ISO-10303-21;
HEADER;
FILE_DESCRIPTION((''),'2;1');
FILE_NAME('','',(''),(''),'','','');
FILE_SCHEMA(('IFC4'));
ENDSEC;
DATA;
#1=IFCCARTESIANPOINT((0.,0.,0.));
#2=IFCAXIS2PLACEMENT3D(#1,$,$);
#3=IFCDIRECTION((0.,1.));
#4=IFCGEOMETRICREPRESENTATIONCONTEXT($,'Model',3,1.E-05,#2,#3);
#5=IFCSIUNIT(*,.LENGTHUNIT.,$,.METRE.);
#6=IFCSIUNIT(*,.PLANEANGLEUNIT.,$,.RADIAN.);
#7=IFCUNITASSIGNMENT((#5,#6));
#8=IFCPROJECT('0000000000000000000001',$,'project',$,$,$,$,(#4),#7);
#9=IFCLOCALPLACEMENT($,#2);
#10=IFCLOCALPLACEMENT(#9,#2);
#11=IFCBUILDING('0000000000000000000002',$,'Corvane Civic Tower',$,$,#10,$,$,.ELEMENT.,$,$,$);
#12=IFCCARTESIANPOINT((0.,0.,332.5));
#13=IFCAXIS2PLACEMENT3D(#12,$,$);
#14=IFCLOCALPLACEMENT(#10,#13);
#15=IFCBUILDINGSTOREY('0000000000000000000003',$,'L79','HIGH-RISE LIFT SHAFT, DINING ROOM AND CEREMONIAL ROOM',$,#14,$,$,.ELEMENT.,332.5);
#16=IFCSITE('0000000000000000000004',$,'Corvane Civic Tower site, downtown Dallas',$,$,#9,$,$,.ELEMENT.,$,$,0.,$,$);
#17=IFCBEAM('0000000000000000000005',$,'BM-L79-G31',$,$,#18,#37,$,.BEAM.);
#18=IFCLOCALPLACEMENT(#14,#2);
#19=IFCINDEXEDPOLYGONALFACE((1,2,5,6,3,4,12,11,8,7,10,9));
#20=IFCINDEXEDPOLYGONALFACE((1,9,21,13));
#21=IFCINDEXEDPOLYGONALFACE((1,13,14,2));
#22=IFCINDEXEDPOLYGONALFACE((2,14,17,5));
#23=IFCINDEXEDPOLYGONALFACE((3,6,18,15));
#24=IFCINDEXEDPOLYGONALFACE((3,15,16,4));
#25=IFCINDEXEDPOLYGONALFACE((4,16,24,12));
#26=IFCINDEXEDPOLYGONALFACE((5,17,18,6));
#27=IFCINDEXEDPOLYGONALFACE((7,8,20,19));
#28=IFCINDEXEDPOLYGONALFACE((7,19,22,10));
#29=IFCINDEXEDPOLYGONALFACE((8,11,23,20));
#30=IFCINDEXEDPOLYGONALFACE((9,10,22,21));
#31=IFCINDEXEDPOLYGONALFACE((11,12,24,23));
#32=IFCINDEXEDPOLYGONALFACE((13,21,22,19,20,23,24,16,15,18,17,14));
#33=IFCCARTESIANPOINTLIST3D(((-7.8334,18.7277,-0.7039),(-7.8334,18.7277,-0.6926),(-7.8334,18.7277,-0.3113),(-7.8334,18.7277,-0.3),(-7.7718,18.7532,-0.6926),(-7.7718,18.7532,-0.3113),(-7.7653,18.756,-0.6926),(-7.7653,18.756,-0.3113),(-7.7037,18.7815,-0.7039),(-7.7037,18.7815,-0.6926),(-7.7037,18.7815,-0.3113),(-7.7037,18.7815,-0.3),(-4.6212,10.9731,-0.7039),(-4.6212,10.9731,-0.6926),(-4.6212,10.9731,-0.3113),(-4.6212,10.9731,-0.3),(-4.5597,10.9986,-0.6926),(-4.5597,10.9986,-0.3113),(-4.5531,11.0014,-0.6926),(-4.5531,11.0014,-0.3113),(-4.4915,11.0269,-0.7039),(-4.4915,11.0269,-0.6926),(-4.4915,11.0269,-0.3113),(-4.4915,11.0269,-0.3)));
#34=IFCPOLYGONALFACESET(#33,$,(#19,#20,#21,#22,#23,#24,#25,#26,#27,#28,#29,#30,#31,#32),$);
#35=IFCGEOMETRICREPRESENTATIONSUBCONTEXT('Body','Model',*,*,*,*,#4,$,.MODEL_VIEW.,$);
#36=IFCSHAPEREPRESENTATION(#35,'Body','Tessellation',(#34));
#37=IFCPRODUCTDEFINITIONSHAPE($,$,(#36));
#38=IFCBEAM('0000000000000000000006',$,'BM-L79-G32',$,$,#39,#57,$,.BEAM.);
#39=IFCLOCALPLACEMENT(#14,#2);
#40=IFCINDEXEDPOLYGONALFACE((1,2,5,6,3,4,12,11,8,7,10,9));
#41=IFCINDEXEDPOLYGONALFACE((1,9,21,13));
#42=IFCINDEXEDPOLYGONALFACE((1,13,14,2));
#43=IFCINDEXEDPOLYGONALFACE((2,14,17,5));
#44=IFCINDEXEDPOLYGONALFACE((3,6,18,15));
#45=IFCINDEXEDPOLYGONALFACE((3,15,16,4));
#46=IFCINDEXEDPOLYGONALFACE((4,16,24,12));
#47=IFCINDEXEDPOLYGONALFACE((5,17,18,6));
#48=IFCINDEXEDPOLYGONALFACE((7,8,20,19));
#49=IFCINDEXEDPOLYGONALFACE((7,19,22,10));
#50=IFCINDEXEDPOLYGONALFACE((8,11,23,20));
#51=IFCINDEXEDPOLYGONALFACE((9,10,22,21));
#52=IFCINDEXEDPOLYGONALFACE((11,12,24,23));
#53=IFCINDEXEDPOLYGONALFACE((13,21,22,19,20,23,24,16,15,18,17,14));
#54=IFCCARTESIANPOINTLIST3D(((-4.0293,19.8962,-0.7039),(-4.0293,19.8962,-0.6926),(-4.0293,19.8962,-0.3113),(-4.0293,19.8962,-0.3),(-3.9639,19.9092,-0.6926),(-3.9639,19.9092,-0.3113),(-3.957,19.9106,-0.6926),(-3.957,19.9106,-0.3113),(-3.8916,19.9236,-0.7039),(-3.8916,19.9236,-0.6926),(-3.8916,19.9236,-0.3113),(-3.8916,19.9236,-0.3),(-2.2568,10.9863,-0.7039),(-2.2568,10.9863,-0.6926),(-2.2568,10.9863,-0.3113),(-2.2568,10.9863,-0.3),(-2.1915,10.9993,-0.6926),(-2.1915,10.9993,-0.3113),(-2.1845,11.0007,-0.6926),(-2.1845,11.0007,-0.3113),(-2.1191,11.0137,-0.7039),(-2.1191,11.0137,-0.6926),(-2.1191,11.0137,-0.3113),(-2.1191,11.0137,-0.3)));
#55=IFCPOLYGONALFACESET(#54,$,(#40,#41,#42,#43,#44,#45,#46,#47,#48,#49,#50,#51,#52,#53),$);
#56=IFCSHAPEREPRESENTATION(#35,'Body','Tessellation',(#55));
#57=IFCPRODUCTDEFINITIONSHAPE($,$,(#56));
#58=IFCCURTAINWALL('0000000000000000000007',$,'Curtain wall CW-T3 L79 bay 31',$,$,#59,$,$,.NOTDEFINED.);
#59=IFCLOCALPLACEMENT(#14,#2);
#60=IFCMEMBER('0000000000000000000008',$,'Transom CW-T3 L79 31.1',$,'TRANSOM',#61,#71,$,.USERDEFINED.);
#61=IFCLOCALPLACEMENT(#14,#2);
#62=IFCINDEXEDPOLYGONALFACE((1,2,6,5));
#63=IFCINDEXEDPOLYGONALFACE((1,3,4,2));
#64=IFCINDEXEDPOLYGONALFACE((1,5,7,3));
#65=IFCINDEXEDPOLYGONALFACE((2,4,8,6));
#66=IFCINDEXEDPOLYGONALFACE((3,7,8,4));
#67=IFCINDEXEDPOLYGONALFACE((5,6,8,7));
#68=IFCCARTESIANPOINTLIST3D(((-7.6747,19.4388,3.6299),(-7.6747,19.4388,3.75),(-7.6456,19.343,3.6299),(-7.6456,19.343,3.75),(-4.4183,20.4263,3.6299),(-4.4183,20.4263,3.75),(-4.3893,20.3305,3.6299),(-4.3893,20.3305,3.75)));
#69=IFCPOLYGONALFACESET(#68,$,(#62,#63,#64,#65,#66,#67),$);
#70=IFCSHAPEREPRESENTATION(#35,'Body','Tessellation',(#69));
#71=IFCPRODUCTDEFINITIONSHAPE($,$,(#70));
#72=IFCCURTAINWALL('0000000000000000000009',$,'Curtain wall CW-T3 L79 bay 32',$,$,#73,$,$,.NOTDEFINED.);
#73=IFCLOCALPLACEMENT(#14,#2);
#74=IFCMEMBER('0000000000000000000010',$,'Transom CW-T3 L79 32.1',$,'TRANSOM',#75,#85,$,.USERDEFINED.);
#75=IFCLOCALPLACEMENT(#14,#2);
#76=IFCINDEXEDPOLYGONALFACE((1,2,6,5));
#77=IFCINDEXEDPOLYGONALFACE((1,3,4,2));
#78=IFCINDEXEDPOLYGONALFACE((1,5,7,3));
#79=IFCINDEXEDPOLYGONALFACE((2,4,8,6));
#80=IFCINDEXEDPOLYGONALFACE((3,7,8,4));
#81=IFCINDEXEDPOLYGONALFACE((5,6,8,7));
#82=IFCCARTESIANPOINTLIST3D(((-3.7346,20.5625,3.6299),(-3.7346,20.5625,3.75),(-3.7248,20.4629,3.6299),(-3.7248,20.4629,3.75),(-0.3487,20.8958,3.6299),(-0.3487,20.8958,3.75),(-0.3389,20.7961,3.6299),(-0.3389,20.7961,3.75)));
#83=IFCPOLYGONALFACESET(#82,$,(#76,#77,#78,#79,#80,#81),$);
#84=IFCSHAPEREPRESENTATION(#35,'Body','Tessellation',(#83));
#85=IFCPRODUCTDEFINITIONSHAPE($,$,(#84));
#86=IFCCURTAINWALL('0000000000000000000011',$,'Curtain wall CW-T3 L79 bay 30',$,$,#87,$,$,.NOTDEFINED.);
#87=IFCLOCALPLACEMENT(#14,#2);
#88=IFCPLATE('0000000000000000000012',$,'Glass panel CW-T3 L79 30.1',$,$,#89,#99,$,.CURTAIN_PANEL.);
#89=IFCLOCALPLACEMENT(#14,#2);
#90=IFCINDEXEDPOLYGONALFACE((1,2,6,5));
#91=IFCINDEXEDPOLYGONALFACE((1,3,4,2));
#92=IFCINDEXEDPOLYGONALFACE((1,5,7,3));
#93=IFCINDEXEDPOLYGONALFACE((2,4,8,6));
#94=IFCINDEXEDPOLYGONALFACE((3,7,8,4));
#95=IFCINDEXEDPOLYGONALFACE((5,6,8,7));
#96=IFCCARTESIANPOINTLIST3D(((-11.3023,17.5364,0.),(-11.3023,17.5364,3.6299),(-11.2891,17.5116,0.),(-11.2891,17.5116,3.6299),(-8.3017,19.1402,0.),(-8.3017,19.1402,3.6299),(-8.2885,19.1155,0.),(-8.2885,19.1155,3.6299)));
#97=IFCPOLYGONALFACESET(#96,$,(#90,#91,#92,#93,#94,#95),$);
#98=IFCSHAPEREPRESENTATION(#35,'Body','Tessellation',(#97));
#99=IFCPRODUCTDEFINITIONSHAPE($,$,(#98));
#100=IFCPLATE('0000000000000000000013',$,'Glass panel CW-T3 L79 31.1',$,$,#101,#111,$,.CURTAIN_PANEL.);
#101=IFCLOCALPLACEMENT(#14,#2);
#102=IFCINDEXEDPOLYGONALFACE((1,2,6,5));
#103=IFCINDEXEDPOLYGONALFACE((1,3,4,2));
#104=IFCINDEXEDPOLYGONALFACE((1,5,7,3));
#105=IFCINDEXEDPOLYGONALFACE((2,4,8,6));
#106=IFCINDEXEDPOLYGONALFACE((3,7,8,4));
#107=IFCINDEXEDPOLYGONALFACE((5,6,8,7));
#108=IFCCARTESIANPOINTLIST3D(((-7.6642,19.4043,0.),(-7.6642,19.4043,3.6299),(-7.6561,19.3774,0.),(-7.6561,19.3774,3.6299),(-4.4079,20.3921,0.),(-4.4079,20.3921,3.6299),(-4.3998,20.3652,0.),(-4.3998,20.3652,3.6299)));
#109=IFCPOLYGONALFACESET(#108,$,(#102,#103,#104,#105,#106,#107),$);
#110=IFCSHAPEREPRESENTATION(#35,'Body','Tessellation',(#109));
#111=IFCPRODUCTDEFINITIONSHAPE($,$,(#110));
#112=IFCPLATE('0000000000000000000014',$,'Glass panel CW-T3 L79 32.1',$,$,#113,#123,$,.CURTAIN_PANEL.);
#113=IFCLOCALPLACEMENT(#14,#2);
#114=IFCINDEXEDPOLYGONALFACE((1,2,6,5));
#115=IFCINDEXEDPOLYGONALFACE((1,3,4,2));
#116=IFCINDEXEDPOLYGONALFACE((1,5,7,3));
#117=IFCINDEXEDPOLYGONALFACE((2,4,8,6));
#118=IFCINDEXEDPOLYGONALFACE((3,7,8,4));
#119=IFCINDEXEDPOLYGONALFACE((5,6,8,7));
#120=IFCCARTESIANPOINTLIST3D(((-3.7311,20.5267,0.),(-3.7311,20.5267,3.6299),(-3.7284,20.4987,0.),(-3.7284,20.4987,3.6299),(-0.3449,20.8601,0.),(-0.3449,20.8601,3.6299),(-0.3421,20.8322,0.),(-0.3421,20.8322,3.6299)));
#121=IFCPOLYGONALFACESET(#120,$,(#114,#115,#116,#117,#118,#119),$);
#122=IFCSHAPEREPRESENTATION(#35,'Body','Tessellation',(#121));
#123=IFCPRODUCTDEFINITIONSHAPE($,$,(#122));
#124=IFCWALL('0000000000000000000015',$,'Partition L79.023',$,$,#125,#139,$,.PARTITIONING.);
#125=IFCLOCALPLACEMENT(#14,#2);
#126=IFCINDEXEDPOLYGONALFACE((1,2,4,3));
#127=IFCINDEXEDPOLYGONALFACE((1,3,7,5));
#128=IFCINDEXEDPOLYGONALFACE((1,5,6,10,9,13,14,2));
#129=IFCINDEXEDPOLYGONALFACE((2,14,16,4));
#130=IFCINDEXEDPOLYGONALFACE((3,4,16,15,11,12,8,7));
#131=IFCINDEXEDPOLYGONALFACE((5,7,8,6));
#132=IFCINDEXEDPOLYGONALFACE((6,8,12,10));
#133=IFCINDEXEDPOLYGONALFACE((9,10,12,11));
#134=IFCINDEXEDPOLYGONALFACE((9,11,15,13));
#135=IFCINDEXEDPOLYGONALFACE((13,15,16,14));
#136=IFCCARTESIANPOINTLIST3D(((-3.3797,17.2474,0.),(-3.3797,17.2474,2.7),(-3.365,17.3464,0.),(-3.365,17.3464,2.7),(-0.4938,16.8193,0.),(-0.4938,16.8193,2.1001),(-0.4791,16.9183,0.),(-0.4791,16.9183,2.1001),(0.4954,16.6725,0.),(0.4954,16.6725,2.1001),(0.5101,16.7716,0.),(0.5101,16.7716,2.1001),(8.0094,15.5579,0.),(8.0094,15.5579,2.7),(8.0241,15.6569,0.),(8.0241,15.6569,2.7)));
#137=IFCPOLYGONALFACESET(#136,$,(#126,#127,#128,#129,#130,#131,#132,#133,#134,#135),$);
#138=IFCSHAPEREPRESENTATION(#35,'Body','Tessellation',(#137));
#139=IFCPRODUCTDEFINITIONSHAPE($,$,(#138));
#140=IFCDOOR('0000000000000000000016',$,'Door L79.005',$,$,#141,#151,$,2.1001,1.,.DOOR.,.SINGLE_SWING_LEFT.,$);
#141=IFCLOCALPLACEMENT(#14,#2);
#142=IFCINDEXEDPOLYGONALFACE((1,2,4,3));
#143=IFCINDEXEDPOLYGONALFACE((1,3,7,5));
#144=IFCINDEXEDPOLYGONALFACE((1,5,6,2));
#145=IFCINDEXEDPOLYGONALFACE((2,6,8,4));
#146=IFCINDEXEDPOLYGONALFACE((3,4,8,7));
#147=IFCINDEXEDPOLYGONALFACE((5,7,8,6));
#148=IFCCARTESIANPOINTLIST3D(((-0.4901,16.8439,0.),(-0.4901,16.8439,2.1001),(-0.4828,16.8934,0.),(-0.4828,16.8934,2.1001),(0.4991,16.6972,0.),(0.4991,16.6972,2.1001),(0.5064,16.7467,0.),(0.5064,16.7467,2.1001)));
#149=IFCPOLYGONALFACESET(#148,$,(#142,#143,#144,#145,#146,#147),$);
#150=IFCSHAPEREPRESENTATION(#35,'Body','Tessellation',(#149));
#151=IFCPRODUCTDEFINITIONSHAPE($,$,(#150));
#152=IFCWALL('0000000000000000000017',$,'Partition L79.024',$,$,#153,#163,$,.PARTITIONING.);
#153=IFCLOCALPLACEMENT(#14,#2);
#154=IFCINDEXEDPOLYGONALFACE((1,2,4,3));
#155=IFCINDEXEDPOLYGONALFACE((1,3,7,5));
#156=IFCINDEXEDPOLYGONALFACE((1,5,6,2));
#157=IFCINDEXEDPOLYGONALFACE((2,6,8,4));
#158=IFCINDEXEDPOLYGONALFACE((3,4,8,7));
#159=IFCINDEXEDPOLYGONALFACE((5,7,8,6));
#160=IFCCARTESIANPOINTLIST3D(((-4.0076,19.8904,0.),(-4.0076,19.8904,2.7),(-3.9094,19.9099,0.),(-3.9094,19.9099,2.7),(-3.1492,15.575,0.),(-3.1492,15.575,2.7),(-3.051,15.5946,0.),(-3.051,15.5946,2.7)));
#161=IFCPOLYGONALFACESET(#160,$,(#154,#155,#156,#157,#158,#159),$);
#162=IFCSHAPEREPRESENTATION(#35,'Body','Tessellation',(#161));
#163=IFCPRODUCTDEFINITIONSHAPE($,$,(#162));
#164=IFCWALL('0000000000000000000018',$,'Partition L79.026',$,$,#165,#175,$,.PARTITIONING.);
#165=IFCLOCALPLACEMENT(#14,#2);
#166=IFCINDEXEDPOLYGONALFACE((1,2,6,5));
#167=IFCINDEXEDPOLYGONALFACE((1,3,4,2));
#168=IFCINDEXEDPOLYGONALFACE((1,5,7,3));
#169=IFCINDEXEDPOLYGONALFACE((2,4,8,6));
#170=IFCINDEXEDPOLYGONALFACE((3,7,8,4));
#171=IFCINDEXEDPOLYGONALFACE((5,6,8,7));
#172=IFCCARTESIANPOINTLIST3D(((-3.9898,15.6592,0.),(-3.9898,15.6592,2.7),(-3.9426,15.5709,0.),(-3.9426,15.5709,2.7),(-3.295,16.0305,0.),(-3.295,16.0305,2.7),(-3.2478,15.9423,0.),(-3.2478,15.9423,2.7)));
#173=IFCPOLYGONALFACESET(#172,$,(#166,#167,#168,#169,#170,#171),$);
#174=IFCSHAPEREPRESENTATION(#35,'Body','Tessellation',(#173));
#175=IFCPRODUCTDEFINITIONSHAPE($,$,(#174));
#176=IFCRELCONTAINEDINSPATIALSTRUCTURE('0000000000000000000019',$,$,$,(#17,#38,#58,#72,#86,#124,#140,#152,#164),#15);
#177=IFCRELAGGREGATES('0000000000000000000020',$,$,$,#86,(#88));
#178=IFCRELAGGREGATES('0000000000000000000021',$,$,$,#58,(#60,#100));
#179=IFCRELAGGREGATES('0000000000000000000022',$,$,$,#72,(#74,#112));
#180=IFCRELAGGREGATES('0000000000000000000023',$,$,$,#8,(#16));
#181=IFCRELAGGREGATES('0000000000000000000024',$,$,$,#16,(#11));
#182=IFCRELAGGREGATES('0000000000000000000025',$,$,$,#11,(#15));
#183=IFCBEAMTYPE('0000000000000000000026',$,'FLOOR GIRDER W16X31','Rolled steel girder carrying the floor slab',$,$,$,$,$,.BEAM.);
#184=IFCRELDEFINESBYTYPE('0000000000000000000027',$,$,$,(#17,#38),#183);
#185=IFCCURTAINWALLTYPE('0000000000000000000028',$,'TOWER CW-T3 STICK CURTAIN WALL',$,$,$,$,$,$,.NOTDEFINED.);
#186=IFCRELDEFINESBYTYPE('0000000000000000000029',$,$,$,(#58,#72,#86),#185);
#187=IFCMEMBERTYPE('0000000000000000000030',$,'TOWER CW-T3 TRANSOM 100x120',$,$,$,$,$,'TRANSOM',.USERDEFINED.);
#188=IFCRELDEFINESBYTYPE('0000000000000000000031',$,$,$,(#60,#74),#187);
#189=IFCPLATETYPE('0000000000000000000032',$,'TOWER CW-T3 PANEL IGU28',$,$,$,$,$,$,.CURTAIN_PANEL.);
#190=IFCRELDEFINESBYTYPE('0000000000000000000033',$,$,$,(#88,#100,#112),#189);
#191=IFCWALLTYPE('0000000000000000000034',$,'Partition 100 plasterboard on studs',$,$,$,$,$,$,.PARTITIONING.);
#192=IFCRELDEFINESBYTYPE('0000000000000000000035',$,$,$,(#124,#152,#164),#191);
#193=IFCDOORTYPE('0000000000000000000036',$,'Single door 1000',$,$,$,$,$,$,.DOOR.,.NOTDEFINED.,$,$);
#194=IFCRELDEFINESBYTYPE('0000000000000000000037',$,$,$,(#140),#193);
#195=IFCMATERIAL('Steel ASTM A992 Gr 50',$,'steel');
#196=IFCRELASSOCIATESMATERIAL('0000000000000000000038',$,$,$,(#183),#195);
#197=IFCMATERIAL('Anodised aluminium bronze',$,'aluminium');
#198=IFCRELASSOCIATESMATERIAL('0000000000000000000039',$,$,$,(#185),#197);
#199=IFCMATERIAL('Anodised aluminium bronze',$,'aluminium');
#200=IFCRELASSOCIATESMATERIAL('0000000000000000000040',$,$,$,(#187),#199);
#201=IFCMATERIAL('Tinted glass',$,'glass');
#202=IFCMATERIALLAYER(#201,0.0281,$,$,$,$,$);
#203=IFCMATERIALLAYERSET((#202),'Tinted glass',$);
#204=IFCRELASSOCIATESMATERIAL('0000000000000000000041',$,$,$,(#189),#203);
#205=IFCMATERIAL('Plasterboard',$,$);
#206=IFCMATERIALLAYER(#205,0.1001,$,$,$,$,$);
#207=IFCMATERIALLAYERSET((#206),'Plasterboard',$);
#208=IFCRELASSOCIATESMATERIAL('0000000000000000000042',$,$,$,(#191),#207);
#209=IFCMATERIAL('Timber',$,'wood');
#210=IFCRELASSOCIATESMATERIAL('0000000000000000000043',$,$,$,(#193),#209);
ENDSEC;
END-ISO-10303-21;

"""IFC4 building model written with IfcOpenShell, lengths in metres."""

from ifc_helpers import new_model, si_unit, direction, frame, frame_2d, origin, origin_2d, place, context, subcontext, project, spatial, rectangle, i_section, extrude, material, layer, layer_set, material_profile, profile_set, type_object, element, fill, aggregate, save


model = new_model("IFC4")

# Units and contexts
model_context = context("Model", 3, precision=1e-05, world=origin(), true_north=direction((0.0, 1.0)))
body_context = subcontext(model_context, "Body", "Model", "MODEL_VIEW")
ifc_project = project(units=[si_unit("LENGTHUNIT", "METRE"), si_unit("PLANEANGLEUNIT", "RADIAN")], contexts=[model_context])

# Site, building, storey
site_placement = place(None, origin())
site = spatial("IfcSite", under=ifc_project, at=site_placement, Name="Corvane Civic Tower site, downtown Dallas", CompositionType="ELEMENT", RefElevation=0.0)
building_placement = place(site_placement, origin())
building = spatial("IfcBuilding", under=site, at=building_placement, Name="Corvane Civic Tower", CompositionType="ELEMENT")
storey_placement = place(building_placement, frame((0.0, 0.0, 332.5)))
storey = spatial("IfcBuildingStorey", under=building, at=storey_placement, Name="L79", Description="HIGH-RISE LIFT SHAFT, DINING ROOM AND CEREMONIAL ROOM", CompositionType="ELEMENT", Elevation=332.5)

# Beams
ifc_material_1 = material(Name="Steel ASTM A992 Gr 50", Category="steel")
ifc_material_profile_1 = material_profile(ifc_material_1, i_section(OverallWidth=0.1404, OverallDepth=0.4038, WebThickness=0.0071, FlangeThickness=0.0112, at=origin_2d()), Name="W16X31")
ifc_profile_set_1 = profile_set([ifc_material_profile_1], Name="Steel ASTM A992 Gr 50")
beam_type_1 = type_object("IfcBeamType", Name="FLOOR GIRDER W16X31", Description="Rolled steel girder carrying the floor slab", PredefinedType="BEAM", material=ifc_profile_set_1)
beam_1_placement = place(storey_placement, frame((-4.5564, 11.0, -0.502), z_axis=(-0.382692, 0.923876, 0.0), x_axis=(-0.923876, -0.382692, 0.0)))
element("IfcBeam", 1, at=beam_1_placement, inside=storey, type_object=beam_type_1, Name="BM-L79-G31", PredefinedType="BEAM", context=body_context, shape_type="SweptSolid", body=[
    extrude(i_section(OverallWidth=0.1404, OverallDepth=0.4038, WebThickness=0.0071, FlangeThickness=0.0112, at=origin_2d()), origin(), (0.0, 0.0, 1.0), 8.3936),
])
beam_2_placement = place(storey_placement, frame((-2.188, 11.0, -0.502), z_axis=(-0.195108, 0.980782, 0.0), x_axis=(-0.980782, -0.195108, 0.0)))
element("IfcBeam", 2, at=beam_2_placement, inside=storey, type_object=beam_type_1, Name="BM-L79-G32", PredefinedType="BEAM", context=body_context, shape_type="SweptSolid", body=[
    extrude(i_section(OverallWidth=0.1404, OverallDepth=0.4038, WebThickness=0.0071, FlangeThickness=0.0112, at=origin_2d()), origin(), (0.0, 0.0, 1.0), 9.0845),
])

# Curtain walls, members
ifc_material_2 = material(Name="Anodised aluminium bronze", Category="aluminium")
curtain_wall_type = type_object("IfcCurtainWallType", Name="TOWER CW-T3 STICK CURTAIN WALL", PredefinedType="NOTDEFINED", material=ifc_material_2)
curtain_wall_1_placement = place(storey_placement, origin())
curtain_wall_1 = element("IfcCurtainWall", 3, at=curtain_wall_1_placement, inside=storey, type_object=curtain_wall_type, Name="Curtain wall CW-T3 L79 bay 31", PredefinedType="NOTDEFINED")
ifc_material_3 = material(Name="Anodised aluminium bronze", Category="aluminium")
ifc_material_profile_2 = material_profile(ifc_material_3, rectangle(XDim=0.1001, YDim=0.1201, at=origin_2d()), Name="TOWER CW-T3 TRANSOM 100x120")
ifc_profile_set_2 = profile_set([ifc_material_profile_2], Name="Anodised aluminium bronze")
member_type = type_object("IfcMemberType", Name="TOWER CW-T3 TRANSOM 100x120", ElementType="TRANSOM", PredefinedType="USERDEFINED", material=ifc_profile_set_2)
member_1_placement = place(storey_placement, frame((-7.6602, 19.3909, 3.6899), z_axis=(0.956961, 0.290216, 0.0), x_axis=(-0.290216, 0.956961, 0.0)))
member_1 = element("IfcMember", 4, at=member_1_placement, type_object=member_type, Name="Transom CW-T3 L79 31.1", ObjectType="TRANSOM", PredefinedType="USERDEFINED", context=body_context, shape_type="SweptSolid", body=[
    extrude(rectangle(XDim=0.1001, YDim=0.1201, at=origin_2d()), origin(), (0.0, 0.0, 1.0), 3.4028),
])
curtain_wall_2_placement = place(storey_placement, origin())
curtain_wall_2 = element("IfcCurtainWall", 5, at=curtain_wall_2_placement, inside=storey, type_object=curtain_wall_type, Name="Curtain wall CW-T3 L79 bay 32", PredefinedType="NOTDEFINED")
member_2_placement = place(storey_placement, frame((-3.7297, 20.5127, 3.6899), z_axis=(0.995192, 0.097948, 0.0), x_axis=(-0.097948, 0.995192, 0.0)))
member_2 = element("IfcMember", 6, at=member_2_placement, type_object=member_type, Name="Transom CW-T3 L79 32.1", ObjectType="TRANSOM", PredefinedType="USERDEFINED", context=body_context, shape_type="SweptSolid", body=[
    extrude(rectangle(XDim=0.1001, YDim=0.1201, at=origin_2d()), origin(), (0.0, 0.0, 1.0), 3.4023),
])

# Curtain wall, plate
curtain_wall_3_placement = place(storey_placement, origin())
curtain_wall_3 = element("IfcCurtainWall", 7, at=curtain_wall_3_placement, inside=storey, type_object=curtain_wall_type, Name="Curtain wall CW-T3 L79 bay 30", PredefinedType="NOTDEFINED")
ifc_material_4 = material(Name="Tinted glass", Category="glass")
ifc_layer_1 = layer(ifc_material_4, 0.0281)
ifc_layer_set_1 = layer_set([ifc_layer_1], Name="Tinted glass")
plate_type = type_object("IfcPlateType", Name="TOWER CW-T3 PANEL IGU28", PredefinedType="CURTAIN_PANEL", material=ifc_layer_set_1)
plate_1_placement = place(storey_placement, frame((-9.7954, 18.3259, 0.0), z_axis=(0.0, 0.0, 1.0), x_axis=(0.881928, 0.471384, 0.0)))
plate_1 = element("IfcPlate", 8, at=plate_1_placement, type_object=plate_type, Name="Glass panel CW-T3 L79 30.1", PredefinedType="CURTAIN_PANEL", context=body_context, shape_type="SweptSolid", body=[
    extrude(rectangle(XDim=3.4023, YDim=0.0281, at=origin_2d()), origin(), (0.0, 0.0, 1.0), 3.6299),
])
aggregate(curtain_wall_3, [plate_1])

# Plates
plate_2_placement = place(storey_placement, frame((-6.032, 19.8848, 0.0), z_axis=(0.0, 0.0, 1.0), x_axis=(0.956939, 0.29029, 0.0)))
plate_2 = element("IfcPlate", 9, at=plate_2_placement, type_object=plate_type, Name="Glass panel CW-T3 L79 31.1", PredefinedType="CURTAIN_PANEL", context=body_context, shape_type="SweptSolid", body=[
    extrude(rectangle(XDim=3.4028, YDim=0.0281, at=origin_2d()), origin(), (0.0, 0.0, 1.0), 3.6299),
])
aggregate(curtain_wall_1, [member_1, plate_2])
plate_3_placement = place(storey_placement, frame((-2.0366, 20.6794, 0.0), z_axis=(0.0, 0.0, 1.0), x_axis=(0.995187, 0.097998, 0.0)))
plate_3 = element("IfcPlate", 10, at=plate_3_placement, type_object=plate_type, Name="Glass panel CW-T3 L79 32.1", PredefinedType="CURTAIN_PANEL", context=body_context, shape_type="SweptSolid", body=[
    extrude(rectangle(XDim=3.4026, YDim=0.0281, at=origin_2d()), origin(), (0.0, 0.0, 1.0), 3.6299),
])
aggregate(curtain_wall_2, [member_2, plate_3])

# Wall, opening, door
ifc_material_5 = material(Name="Plasterboard")
ifc_layer_2 = layer(ifc_material_5, 0.1001)
ifc_layer_set_2 = layer_set([ifc_layer_2], Name="Plasterboard")
wall_type_1 = type_object("IfcWallType", Name="Partition 100 plasterboard on studs", PredefinedType="PARTITIONING", material=ifc_layer_set_2)
wall_1_placement = place(storey_placement, frame((-3.3723, 17.2969, 0.0), z_axis=(0.0, 0.0, 1.0), x_axis=(0.989176, -0.146733, 0.0)))
wall_1 = element("IfcWall", 11, at=wall_1_placement, inside=storey, type_object=wall_type_1, Name="Partition L79.023", PredefinedType="PARTITIONING", context=body_context, shape_type="SweptSolid", body=[
    extrude(rectangle(XDim=11.5137, YDim=0.1001, at=frame_2d((5.7568, 0.0))), origin(), (0.0, 0.0, 1.0), 2.7),
])
opening_1_placement = place(wall_1_placement, frame((2.9175, 0.0, 0.0)))
opening_1 = element("IfcOpeningElement", 12, at=opening_1_placement, cuts=wall_1, PredefinedType="OPENING", context=body_context, shape_type="SweptSolid", body=[
    extrude(rectangle(XDim=1.0, YDim=2.1001, at=frame_2d((0.5, 1.05))), frame((0.0, 0.0601, 0.0), z_axis=(0.0, -1.0, 0.0), x_axis=(1.0, 0.0, 0.0)), (0.0, 0.0, 1.0), 0.1201),
])
ifc_material_6 = material(Name="Timber", Category="wood")
door_type_1 = type_object("IfcDoorType", Name="Single door 1000", OperationType="NOTDEFINED", PredefinedType="DOOR", material=ifc_material_6)
door_1_placement = place(opening_1_placement, origin())
door_1 = element("IfcDoor", 13, at=door_1_placement, inside=storey, type_object=door_type_1, Name="Door L79.005", OperationType="SINGLE_SWING_LEFT", OverallHeight=2.1001, OverallWidth=1.0, PredefinedType="DOOR", context=body_context, shape_type="SweptSolid", body=[
    extrude(rectangle(XDim=1.0, YDim=2.1001, at=frame_2d((0.5, 1.05))), frame((0.0, 0.0249, 0.0), z_axis=(0.0, -1.0, 0.0), x_axis=(1.0, 0.0, 0.0)), (0.0, 0.0, 1.0), 0.05),
])
fill(opening_1, door_1)

# Walls
wall_2_placement = place(storey_placement, frame((-3.9585, 19.9001, 0.0), z_axis=(0.0, 0.0, 1.0), x_axis=(0.195092, -0.980785, 0.0)))
element("IfcWall", 14, at=wall_2_placement, inside=storey, type_object=wall_type_1, Name="Partition L79.024", PredefinedType="PARTITIONING", context=body_context, shape_type="SweptSolid", body=[
    extrude(rectangle(XDim=4.3999, YDim=0.1001, at=frame_2d((2.2, 0.0))), origin(), (0.0, 0.0, 1.0), 2.7),
])
wall_3_placement = place(storey_placement, frame((-3.9663, 15.615, 0.0), z_axis=(0.0, 0.0, 1.0), x_axis=(0.881949, 0.471344, 0.0)))
element("IfcWall", 15, at=wall_3_placement, inside=storey, type_object=wall_type_1, Name="Partition L79.026", PredefinedType="PARTITIONING", context=body_context, shape_type="SweptSolid", body=[
    extrude(rectangle(XDim=0.7878, YDim=0.1001, at=frame_2d((0.394, 0.0))), origin(), (0.0, 0.0, 1.0), 2.7),
])

save(model, "model.ifc")
